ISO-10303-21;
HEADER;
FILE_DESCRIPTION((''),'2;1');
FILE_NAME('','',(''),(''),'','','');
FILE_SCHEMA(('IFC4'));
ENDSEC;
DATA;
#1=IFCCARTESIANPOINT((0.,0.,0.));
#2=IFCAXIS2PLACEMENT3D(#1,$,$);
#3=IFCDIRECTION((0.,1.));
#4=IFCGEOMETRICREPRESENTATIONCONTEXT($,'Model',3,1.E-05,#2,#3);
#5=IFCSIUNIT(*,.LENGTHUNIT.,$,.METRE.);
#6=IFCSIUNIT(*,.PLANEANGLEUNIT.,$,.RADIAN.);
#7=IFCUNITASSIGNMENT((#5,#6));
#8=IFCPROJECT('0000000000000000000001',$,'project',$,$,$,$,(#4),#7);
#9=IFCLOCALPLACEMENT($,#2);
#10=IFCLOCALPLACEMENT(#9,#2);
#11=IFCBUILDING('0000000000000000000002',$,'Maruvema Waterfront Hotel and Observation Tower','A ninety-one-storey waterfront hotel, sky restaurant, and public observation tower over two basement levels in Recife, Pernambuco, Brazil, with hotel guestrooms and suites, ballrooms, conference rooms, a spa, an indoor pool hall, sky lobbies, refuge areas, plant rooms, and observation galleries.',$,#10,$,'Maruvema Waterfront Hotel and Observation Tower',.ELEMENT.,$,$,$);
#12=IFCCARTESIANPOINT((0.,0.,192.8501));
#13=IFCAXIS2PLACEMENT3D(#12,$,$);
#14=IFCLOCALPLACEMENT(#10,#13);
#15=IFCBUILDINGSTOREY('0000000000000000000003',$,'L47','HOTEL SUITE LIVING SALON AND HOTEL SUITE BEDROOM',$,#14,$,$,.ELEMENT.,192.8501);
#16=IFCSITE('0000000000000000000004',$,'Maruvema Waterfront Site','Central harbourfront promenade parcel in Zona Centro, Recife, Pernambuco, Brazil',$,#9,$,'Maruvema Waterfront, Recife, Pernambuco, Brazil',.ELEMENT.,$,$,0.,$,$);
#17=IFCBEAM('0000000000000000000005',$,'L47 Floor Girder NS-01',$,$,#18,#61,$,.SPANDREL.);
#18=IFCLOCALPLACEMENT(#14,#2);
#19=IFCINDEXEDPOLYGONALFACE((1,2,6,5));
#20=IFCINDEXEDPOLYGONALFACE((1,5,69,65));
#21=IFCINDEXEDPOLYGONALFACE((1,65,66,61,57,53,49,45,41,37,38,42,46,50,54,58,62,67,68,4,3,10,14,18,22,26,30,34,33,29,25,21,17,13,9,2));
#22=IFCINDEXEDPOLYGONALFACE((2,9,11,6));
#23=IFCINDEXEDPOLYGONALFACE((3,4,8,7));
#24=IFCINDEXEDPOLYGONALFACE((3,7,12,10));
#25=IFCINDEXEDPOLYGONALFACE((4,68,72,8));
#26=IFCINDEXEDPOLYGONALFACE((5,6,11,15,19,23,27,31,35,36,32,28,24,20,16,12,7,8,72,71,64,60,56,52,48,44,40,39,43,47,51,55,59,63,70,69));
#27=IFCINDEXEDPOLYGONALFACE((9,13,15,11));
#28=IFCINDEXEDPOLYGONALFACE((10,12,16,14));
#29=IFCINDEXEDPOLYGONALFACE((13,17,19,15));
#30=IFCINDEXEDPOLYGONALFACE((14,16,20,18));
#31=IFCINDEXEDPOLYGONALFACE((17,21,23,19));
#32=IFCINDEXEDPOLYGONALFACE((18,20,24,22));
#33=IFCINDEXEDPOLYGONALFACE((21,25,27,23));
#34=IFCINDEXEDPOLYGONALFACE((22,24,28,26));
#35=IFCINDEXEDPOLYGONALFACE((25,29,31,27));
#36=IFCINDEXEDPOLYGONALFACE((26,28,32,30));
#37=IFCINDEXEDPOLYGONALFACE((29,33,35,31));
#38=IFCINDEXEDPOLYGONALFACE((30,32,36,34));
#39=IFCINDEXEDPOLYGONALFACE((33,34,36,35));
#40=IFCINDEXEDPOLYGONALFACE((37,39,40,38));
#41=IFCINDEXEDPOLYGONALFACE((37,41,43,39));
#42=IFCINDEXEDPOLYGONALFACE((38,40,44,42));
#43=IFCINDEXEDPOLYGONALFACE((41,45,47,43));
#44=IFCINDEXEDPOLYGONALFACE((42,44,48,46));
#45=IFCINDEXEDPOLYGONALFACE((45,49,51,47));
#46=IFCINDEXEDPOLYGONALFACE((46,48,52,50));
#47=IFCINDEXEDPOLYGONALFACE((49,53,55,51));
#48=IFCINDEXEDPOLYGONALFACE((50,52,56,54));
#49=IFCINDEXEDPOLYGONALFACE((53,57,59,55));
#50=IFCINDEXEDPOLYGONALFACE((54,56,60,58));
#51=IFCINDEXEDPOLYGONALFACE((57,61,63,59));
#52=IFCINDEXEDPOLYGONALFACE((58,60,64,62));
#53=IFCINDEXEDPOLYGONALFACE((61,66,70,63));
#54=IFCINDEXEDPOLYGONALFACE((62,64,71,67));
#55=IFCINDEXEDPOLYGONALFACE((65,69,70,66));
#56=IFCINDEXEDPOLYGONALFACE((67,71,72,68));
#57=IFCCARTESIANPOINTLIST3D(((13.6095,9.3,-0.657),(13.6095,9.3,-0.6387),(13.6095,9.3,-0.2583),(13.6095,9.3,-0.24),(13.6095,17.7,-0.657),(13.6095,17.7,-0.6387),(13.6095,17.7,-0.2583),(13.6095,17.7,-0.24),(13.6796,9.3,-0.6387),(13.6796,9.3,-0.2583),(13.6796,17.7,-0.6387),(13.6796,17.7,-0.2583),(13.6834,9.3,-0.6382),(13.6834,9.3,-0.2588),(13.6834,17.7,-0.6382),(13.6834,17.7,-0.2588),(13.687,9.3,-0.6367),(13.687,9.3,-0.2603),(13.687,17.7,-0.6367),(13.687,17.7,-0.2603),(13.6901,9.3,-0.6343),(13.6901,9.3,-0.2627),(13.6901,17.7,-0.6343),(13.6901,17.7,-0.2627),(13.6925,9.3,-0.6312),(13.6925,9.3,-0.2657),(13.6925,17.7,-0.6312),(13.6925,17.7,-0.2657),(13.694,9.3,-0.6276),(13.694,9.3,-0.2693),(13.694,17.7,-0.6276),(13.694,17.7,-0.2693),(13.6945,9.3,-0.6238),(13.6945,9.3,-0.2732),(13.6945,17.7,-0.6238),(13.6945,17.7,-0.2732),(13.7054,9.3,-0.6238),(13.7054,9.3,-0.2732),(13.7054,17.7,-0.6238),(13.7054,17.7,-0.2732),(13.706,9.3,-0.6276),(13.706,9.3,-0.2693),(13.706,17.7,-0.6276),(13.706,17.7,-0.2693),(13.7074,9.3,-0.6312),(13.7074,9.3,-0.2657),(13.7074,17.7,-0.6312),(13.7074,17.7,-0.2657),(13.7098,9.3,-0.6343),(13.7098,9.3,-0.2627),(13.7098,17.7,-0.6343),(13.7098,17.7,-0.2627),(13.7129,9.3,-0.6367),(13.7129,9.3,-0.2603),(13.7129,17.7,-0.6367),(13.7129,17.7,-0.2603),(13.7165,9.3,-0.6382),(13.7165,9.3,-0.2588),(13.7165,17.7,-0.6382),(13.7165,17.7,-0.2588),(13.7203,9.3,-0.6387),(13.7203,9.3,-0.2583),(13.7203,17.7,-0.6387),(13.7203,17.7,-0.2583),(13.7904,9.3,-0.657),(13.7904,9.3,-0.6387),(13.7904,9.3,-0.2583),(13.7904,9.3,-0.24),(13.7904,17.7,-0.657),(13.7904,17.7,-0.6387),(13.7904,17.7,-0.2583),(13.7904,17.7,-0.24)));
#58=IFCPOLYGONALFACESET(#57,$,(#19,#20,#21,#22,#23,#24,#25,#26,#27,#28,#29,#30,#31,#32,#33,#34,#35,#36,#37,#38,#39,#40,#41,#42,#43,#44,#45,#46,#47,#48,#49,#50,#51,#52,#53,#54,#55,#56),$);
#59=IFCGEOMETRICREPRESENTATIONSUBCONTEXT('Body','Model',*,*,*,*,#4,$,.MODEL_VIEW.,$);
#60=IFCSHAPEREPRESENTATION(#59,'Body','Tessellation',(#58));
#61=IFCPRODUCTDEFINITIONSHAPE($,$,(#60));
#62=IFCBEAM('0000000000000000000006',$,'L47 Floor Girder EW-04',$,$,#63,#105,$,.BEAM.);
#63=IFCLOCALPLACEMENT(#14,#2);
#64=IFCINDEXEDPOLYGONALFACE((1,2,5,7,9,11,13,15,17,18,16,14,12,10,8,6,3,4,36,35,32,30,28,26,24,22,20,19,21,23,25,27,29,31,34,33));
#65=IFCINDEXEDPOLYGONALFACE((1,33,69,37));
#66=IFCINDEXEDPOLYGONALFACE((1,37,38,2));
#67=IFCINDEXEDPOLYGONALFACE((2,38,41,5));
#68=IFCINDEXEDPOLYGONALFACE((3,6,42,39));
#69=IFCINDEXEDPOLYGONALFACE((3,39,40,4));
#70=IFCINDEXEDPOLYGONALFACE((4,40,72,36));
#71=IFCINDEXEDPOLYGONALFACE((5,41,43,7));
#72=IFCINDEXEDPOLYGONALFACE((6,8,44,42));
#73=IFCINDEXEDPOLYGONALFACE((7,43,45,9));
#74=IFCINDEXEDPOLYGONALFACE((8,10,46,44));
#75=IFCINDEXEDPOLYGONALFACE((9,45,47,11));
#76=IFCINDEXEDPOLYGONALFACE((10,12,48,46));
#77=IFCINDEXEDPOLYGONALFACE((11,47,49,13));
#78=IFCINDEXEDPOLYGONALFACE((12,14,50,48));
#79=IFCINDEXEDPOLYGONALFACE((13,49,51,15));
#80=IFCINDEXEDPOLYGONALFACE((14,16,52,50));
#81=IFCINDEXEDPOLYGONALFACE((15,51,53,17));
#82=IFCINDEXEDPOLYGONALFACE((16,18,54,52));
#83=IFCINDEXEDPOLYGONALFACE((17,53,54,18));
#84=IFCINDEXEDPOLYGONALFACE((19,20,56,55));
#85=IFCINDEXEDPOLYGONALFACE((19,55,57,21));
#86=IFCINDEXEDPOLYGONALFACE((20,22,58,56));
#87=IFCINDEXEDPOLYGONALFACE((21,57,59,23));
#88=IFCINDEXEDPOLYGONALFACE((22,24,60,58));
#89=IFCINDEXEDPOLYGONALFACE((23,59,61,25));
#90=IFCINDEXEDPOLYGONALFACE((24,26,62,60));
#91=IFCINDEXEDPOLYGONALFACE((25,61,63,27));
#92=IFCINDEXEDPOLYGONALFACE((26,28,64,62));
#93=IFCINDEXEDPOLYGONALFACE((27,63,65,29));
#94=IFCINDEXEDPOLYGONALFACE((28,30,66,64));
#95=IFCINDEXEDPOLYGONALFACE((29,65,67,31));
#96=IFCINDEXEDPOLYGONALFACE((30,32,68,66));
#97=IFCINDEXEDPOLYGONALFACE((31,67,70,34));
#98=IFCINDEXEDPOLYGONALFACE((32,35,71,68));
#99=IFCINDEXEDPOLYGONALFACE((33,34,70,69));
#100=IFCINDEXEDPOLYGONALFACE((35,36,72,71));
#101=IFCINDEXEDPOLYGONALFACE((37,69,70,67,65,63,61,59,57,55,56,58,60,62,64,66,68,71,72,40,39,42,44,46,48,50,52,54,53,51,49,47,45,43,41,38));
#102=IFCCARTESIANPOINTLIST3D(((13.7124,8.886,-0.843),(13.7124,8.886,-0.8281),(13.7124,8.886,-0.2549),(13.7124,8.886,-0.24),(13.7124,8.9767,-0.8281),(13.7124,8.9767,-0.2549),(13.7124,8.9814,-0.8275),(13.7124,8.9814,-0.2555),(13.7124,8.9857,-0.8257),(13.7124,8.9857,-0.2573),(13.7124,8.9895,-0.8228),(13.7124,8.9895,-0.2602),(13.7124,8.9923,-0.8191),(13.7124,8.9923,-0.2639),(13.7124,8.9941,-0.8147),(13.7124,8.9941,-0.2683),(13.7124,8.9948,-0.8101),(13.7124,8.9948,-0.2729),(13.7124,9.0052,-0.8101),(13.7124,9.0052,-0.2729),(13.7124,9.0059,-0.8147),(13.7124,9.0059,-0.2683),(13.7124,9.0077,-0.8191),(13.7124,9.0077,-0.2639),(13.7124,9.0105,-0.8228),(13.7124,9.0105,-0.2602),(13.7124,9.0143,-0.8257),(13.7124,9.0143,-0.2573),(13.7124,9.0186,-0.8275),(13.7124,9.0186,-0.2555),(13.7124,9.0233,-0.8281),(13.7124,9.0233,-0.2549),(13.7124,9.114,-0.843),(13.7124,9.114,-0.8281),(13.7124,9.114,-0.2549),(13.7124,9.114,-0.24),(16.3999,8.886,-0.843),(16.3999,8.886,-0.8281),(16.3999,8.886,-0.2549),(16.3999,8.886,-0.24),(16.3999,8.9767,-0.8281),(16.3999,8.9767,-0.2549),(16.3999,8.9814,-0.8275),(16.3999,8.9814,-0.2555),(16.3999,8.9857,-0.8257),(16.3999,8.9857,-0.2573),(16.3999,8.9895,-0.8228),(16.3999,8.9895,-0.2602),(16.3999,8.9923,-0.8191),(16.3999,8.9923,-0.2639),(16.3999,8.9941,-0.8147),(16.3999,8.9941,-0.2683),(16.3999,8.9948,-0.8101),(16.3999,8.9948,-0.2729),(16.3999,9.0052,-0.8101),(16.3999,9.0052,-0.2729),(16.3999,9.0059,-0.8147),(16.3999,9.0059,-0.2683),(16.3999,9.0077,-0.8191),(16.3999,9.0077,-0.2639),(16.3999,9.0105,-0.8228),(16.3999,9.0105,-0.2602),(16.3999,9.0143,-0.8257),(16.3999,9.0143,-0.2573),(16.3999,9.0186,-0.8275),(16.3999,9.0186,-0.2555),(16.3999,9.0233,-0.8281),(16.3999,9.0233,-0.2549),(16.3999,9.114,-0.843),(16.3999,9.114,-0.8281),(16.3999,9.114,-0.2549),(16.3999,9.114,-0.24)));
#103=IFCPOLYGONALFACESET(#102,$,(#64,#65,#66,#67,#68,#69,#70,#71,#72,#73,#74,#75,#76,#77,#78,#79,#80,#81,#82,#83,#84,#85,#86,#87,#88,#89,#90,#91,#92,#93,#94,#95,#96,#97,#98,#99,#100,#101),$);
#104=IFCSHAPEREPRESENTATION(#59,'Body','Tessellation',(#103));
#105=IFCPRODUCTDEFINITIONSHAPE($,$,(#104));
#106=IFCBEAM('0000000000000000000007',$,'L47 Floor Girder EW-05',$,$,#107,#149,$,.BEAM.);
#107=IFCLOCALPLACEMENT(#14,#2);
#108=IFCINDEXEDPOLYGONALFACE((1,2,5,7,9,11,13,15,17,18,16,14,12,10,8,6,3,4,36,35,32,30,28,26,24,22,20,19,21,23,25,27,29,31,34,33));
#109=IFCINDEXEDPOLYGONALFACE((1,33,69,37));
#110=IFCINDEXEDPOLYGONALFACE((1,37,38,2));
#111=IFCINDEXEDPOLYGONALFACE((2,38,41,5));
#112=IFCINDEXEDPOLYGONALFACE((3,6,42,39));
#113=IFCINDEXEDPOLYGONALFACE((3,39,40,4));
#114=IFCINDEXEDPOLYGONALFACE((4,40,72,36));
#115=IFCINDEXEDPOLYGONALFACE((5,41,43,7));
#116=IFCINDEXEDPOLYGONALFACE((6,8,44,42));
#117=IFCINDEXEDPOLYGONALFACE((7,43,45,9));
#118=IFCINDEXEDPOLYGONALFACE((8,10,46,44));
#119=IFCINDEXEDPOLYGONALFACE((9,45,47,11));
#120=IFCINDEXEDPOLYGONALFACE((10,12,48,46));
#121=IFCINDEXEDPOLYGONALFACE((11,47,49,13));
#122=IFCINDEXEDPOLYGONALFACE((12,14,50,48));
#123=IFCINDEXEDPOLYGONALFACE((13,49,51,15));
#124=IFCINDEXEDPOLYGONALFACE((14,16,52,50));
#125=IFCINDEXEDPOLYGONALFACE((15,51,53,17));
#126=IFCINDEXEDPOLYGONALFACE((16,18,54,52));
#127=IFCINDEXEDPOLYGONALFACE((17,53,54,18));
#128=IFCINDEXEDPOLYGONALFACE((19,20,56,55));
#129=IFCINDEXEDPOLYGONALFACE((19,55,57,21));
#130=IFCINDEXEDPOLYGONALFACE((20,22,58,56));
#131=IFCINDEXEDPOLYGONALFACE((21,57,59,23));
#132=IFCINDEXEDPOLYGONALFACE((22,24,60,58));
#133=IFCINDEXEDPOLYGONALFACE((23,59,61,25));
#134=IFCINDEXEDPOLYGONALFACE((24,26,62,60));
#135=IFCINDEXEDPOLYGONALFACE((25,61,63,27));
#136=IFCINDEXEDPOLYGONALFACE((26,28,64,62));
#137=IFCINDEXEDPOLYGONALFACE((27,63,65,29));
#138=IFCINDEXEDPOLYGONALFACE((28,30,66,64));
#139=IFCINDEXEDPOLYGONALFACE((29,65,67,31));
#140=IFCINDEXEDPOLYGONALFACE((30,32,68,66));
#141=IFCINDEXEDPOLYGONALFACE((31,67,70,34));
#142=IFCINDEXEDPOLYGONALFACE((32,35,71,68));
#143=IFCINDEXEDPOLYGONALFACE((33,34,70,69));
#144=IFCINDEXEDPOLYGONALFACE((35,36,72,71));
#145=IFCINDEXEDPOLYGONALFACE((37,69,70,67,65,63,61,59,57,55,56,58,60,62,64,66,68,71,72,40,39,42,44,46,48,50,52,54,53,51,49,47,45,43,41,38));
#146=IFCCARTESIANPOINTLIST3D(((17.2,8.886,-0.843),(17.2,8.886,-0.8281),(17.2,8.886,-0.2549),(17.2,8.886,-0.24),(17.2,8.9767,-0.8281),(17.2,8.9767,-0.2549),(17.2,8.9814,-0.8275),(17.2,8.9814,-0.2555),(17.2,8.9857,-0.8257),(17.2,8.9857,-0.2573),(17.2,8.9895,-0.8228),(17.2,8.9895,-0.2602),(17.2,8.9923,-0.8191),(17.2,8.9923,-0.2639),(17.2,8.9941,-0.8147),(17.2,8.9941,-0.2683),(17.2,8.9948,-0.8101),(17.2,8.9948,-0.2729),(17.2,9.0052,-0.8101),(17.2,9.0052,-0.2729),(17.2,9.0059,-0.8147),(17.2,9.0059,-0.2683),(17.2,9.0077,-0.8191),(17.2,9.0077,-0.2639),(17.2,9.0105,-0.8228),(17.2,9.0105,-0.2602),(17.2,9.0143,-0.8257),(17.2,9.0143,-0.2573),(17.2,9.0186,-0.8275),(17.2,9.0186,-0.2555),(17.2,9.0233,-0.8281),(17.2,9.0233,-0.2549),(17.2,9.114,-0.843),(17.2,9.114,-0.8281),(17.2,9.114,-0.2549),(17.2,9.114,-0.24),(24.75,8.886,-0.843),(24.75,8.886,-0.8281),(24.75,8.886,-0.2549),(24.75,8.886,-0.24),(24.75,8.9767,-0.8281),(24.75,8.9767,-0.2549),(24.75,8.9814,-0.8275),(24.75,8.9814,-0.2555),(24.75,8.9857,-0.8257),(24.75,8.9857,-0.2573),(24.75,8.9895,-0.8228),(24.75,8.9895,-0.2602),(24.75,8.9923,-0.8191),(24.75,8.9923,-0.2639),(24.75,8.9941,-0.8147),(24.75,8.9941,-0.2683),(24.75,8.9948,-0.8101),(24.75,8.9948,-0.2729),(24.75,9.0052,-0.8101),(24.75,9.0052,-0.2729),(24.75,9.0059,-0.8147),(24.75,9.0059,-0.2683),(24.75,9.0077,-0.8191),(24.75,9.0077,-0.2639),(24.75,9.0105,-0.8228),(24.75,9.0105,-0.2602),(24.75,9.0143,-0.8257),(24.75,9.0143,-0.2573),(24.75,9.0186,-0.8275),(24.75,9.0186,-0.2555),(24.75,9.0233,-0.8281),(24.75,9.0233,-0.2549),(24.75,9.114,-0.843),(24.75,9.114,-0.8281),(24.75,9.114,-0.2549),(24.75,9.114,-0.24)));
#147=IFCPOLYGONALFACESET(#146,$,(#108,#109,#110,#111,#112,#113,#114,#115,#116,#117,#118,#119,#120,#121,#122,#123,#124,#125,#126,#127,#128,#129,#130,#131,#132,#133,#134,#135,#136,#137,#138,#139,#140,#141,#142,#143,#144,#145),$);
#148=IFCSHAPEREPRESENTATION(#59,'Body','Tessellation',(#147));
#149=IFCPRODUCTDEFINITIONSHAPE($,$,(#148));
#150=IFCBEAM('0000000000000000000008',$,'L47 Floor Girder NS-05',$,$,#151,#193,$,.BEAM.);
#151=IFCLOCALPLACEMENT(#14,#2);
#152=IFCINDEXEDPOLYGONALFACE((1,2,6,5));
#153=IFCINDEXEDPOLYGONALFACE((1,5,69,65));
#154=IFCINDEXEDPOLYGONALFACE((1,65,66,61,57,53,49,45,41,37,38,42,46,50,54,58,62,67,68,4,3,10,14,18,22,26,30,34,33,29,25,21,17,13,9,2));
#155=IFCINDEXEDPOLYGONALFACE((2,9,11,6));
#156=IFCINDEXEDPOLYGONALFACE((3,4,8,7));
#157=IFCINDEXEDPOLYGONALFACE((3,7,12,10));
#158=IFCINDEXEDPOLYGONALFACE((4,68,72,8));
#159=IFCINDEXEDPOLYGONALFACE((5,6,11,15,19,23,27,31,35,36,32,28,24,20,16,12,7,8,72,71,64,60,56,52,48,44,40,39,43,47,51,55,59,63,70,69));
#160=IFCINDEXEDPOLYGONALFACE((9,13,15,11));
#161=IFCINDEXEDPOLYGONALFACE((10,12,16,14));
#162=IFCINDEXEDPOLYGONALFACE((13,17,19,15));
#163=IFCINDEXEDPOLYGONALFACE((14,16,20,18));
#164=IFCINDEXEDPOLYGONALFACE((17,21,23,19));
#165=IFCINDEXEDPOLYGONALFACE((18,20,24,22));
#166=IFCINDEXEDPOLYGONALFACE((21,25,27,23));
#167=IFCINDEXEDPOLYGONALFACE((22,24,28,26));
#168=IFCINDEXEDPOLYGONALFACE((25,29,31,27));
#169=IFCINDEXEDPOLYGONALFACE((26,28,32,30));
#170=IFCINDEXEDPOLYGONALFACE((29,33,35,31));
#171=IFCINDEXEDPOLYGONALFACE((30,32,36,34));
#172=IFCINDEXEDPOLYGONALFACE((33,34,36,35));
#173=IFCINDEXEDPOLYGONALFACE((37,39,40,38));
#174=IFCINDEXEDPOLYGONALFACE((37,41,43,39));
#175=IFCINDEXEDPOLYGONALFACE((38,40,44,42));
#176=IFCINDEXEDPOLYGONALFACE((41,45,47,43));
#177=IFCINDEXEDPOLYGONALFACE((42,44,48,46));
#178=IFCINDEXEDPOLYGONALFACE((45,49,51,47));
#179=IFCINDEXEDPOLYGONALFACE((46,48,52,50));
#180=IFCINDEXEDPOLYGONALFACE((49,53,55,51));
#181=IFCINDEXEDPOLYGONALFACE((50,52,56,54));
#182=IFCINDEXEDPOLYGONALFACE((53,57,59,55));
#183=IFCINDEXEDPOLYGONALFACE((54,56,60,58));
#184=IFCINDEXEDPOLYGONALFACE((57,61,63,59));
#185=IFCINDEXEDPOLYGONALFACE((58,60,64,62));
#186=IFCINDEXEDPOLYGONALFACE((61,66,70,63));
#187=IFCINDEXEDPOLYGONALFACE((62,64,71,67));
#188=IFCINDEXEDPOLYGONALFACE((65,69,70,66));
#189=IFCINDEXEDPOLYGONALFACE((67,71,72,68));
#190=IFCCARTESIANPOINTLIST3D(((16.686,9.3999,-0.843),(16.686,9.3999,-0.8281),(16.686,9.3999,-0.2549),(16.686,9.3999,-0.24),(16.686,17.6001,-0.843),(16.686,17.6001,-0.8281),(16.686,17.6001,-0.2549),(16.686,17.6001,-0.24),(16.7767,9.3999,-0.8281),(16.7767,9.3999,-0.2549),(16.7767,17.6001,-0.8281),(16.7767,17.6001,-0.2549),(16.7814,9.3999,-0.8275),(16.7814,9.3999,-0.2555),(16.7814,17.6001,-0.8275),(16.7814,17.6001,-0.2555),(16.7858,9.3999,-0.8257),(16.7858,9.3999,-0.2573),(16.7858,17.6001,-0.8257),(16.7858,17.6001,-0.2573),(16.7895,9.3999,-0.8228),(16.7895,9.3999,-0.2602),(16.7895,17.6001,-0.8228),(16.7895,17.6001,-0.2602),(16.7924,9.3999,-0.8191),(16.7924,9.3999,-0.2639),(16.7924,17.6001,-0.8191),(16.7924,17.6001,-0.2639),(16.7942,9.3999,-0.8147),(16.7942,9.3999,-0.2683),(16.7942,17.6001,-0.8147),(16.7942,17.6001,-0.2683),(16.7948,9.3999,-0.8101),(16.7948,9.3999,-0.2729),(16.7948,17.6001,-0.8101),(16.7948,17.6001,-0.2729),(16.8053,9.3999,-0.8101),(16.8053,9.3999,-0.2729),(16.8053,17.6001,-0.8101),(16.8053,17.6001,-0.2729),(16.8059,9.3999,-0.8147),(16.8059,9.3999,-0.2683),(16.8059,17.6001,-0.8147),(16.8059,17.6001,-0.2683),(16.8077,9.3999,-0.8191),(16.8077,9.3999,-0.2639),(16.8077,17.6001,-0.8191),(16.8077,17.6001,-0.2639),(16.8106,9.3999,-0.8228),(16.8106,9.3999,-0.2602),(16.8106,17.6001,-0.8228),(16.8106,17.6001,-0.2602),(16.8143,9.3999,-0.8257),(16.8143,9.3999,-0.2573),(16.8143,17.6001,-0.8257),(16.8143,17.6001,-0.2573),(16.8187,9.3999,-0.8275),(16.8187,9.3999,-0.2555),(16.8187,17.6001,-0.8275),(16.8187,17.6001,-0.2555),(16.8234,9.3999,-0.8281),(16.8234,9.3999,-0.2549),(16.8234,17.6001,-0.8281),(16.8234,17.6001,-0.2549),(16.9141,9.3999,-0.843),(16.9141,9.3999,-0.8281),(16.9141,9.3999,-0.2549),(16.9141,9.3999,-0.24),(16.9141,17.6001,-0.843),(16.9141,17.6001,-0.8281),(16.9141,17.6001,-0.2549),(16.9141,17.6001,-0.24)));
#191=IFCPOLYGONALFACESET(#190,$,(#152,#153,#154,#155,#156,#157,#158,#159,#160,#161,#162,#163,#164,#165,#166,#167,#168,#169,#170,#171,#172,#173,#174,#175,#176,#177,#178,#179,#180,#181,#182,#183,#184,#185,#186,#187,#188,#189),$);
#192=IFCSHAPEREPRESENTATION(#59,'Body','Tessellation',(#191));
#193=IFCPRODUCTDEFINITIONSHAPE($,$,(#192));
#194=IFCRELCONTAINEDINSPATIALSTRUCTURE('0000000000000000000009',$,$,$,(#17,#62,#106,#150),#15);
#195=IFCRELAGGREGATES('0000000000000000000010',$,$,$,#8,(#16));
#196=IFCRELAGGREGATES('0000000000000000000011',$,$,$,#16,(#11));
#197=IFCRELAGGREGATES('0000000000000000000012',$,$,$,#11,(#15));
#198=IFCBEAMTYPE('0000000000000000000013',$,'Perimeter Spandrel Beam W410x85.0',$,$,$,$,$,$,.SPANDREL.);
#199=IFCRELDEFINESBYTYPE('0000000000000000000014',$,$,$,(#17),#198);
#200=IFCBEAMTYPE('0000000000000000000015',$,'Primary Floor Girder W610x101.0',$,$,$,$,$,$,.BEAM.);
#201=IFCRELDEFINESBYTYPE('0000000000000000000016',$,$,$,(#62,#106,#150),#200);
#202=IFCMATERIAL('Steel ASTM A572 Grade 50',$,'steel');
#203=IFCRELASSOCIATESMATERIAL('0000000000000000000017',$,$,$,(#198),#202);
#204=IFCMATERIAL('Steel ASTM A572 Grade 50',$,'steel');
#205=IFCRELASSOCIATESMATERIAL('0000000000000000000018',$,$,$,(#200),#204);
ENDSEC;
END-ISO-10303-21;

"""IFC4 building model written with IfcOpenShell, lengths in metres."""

from ifc_helpers import new_model, si_unit, direction, frame, origin, origin_2d, place, context, subcontext, project, spatial, i_section, extrude, material, material_profile, profile_set, type_object, element, save


model = new_model("IFC4")

# Units and contexts
model_context = context("Model", 3, precision=1e-05, world=origin(), true_north=direction((0.0, 1.0)))
body_context = subcontext(model_context, "Body", "Model", "MODEL_VIEW")
ifc_project = project(units=[si_unit("LENGTHUNIT", "METRE"), si_unit("PLANEANGLEUNIT", "RADIAN")], contexts=[model_context])

# Site, building, storey
site_placement = place(None, origin())
site = spatial("IfcSite", under=ifc_project, at=site_placement, Name="Maruvema Waterfront Site", Description="Central harbourfront promenade parcel in Zona Centro, Recife, Pernambuco, Brazil", LongName="Maruvema Waterfront, Recife, Pernambuco, Brazil", CompositionType="ELEMENT", RefElevation=0.0)
building_placement = place(site_placement, origin())
building = spatial("IfcBuilding", under=site, at=building_placement, Name="Maruvema Waterfront Hotel and Observation Tower", Description="A ninety-one-storey waterfront hotel, sky restaurant, and public observation tower over two basement levels in Recife, Pernambuco, Brazil, with hotel guestrooms and suites, ballrooms, conference rooms, a spa, an indoor pool hall, sky lobbies, refuge areas, plant rooms, and observation galleries.", LongName="Maruvema Waterfront Hotel and Observation Tower", CompositionType="ELEMENT")
storey_placement = place(building_placement, frame((0.0, 0.0, 192.8501)))
storey = spatial("IfcBuildingStorey", under=building, at=storey_placement, Name="L47", Description="HOTEL SUITE LIVING SALON AND HOTEL SUITE BEDROOM", CompositionType="ELEMENT", Elevation=192.8501)

# Beams
ifc_material_1 = material(Name="Steel ASTM A572 Grade 50", Category="steel")
ifc_material_profile_1 = material_profile(ifc_material_1, i_section(OverallWidth=0.1809, OverallDepth=0.417, WebThickness=0.011, FlangeThickness=0.0183, FilletRadius=0.0149, at=origin_2d()), Name="W410x85.0")
ifc_profile_set_1 = profile_set([ifc_material_profile_1], Name="Steel ASTM A572 Grade 50")
beam_type_1 = type_object("IfcBeamType", Name="Perimeter Spandrel Beam W410x85.0", PredefinedType="SPANDREL", material=ifc_profile_set_1)
beam_1_placement = place(storey_placement, frame((13.7, 9.3, -0.4485), z_axis=(0.0, 1.0, 0.0), x_axis=(-1.0, 0.0, 0.0)))
element("IfcBeam", 1, at=beam_1_placement, inside=storey, type_object=beam_type_1, Name="L47 Floor Girder NS-01", PredefinedType="SPANDREL", context=body_context, shape_type="SweptSolid", body=[
    extrude(i_section(OverallWidth=0.1809, OverallDepth=0.417, WebThickness=0.011, FlangeThickness=0.0183, FilletRadius=0.0149, at=origin_2d()), origin(), (0.0, 0.0, 1.0), 8.3999),
])
ifc_material_2 = material(Name="Steel ASTM A572 Grade 50", Category="steel")
ifc_material_profile_2 = material_profile(ifc_material_2, i_section(OverallWidth=0.228, OverallDepth=0.603, WebThickness=0.0105, FlangeThickness=0.0149, FilletRadius=0.0181, at=origin_2d()), Name="W610x101.0")
ifc_profile_set_2 = profile_set([ifc_material_profile_2], Name="Steel ASTM A572 Grade 50")
beam_type_2 = type_object("IfcBeamType", Name="Primary Floor Girder W610x101.0", PredefinedType="BEAM", material=ifc_profile_set_2)
beam_2_placement = place(storey_placement, frame((13.7124, 9.0, -0.5415), z_axis=(1.0, 0.0, 0.0), x_axis=(0.0, 1.0, 0.0)))
element("IfcBeam", 2, at=beam_2_placement, inside=storey, type_object=beam_type_2, Name="L47 Floor Girder EW-04", PredefinedType="BEAM", context=body_context, shape_type="SweptSolid", body=[
    extrude(i_section(OverallWidth=0.228, OverallDepth=0.603, WebThickness=0.0105, FlangeThickness=0.0149, FilletRadius=0.0181, at=origin_2d()), origin(), (0.0, 0.0, 1.0), 2.6875),
])
beam_3_placement = place(storey_placement, frame((17.2, 9.0, -0.5415), z_axis=(1.0, 0.0, 0.0), x_axis=(0.0, 1.0, 0.0)))
element("IfcBeam", 3, at=beam_3_placement, inside=storey, type_object=beam_type_2, Name="L47 Floor Girder EW-05", PredefinedType="BEAM", context=body_context, shape_type="SweptSolid", body=[
    extrude(i_section(OverallWidth=0.228, OverallDepth=0.603, WebThickness=0.0105, FlangeThickness=0.0149, FilletRadius=0.0181, at=origin_2d()), origin(), (0.0, 0.0, 1.0), 7.55),
])
beam_4_placement = place(storey_placement, frame((16.8, 9.3999, -0.5415), z_axis=(0.0, 1.0, 0.0), x_axis=(-1.0, 0.0, 0.0)))
element("IfcBeam", 4, at=beam_4_placement, inside=storey, type_object=beam_type_2, Name="L47 Floor Girder NS-05", PredefinedType="BEAM", context=body_context, shape_type="SweptSolid", body=[
    extrude(i_section(OverallWidth=0.228, OverallDepth=0.603, WebThickness=0.0105, FlangeThickness=0.0149, FilletRadius=0.0181, at=origin_2d()), origin(), (0.0, 0.0, 1.0), 8.2002),
])

save(model, "model.ifc")
